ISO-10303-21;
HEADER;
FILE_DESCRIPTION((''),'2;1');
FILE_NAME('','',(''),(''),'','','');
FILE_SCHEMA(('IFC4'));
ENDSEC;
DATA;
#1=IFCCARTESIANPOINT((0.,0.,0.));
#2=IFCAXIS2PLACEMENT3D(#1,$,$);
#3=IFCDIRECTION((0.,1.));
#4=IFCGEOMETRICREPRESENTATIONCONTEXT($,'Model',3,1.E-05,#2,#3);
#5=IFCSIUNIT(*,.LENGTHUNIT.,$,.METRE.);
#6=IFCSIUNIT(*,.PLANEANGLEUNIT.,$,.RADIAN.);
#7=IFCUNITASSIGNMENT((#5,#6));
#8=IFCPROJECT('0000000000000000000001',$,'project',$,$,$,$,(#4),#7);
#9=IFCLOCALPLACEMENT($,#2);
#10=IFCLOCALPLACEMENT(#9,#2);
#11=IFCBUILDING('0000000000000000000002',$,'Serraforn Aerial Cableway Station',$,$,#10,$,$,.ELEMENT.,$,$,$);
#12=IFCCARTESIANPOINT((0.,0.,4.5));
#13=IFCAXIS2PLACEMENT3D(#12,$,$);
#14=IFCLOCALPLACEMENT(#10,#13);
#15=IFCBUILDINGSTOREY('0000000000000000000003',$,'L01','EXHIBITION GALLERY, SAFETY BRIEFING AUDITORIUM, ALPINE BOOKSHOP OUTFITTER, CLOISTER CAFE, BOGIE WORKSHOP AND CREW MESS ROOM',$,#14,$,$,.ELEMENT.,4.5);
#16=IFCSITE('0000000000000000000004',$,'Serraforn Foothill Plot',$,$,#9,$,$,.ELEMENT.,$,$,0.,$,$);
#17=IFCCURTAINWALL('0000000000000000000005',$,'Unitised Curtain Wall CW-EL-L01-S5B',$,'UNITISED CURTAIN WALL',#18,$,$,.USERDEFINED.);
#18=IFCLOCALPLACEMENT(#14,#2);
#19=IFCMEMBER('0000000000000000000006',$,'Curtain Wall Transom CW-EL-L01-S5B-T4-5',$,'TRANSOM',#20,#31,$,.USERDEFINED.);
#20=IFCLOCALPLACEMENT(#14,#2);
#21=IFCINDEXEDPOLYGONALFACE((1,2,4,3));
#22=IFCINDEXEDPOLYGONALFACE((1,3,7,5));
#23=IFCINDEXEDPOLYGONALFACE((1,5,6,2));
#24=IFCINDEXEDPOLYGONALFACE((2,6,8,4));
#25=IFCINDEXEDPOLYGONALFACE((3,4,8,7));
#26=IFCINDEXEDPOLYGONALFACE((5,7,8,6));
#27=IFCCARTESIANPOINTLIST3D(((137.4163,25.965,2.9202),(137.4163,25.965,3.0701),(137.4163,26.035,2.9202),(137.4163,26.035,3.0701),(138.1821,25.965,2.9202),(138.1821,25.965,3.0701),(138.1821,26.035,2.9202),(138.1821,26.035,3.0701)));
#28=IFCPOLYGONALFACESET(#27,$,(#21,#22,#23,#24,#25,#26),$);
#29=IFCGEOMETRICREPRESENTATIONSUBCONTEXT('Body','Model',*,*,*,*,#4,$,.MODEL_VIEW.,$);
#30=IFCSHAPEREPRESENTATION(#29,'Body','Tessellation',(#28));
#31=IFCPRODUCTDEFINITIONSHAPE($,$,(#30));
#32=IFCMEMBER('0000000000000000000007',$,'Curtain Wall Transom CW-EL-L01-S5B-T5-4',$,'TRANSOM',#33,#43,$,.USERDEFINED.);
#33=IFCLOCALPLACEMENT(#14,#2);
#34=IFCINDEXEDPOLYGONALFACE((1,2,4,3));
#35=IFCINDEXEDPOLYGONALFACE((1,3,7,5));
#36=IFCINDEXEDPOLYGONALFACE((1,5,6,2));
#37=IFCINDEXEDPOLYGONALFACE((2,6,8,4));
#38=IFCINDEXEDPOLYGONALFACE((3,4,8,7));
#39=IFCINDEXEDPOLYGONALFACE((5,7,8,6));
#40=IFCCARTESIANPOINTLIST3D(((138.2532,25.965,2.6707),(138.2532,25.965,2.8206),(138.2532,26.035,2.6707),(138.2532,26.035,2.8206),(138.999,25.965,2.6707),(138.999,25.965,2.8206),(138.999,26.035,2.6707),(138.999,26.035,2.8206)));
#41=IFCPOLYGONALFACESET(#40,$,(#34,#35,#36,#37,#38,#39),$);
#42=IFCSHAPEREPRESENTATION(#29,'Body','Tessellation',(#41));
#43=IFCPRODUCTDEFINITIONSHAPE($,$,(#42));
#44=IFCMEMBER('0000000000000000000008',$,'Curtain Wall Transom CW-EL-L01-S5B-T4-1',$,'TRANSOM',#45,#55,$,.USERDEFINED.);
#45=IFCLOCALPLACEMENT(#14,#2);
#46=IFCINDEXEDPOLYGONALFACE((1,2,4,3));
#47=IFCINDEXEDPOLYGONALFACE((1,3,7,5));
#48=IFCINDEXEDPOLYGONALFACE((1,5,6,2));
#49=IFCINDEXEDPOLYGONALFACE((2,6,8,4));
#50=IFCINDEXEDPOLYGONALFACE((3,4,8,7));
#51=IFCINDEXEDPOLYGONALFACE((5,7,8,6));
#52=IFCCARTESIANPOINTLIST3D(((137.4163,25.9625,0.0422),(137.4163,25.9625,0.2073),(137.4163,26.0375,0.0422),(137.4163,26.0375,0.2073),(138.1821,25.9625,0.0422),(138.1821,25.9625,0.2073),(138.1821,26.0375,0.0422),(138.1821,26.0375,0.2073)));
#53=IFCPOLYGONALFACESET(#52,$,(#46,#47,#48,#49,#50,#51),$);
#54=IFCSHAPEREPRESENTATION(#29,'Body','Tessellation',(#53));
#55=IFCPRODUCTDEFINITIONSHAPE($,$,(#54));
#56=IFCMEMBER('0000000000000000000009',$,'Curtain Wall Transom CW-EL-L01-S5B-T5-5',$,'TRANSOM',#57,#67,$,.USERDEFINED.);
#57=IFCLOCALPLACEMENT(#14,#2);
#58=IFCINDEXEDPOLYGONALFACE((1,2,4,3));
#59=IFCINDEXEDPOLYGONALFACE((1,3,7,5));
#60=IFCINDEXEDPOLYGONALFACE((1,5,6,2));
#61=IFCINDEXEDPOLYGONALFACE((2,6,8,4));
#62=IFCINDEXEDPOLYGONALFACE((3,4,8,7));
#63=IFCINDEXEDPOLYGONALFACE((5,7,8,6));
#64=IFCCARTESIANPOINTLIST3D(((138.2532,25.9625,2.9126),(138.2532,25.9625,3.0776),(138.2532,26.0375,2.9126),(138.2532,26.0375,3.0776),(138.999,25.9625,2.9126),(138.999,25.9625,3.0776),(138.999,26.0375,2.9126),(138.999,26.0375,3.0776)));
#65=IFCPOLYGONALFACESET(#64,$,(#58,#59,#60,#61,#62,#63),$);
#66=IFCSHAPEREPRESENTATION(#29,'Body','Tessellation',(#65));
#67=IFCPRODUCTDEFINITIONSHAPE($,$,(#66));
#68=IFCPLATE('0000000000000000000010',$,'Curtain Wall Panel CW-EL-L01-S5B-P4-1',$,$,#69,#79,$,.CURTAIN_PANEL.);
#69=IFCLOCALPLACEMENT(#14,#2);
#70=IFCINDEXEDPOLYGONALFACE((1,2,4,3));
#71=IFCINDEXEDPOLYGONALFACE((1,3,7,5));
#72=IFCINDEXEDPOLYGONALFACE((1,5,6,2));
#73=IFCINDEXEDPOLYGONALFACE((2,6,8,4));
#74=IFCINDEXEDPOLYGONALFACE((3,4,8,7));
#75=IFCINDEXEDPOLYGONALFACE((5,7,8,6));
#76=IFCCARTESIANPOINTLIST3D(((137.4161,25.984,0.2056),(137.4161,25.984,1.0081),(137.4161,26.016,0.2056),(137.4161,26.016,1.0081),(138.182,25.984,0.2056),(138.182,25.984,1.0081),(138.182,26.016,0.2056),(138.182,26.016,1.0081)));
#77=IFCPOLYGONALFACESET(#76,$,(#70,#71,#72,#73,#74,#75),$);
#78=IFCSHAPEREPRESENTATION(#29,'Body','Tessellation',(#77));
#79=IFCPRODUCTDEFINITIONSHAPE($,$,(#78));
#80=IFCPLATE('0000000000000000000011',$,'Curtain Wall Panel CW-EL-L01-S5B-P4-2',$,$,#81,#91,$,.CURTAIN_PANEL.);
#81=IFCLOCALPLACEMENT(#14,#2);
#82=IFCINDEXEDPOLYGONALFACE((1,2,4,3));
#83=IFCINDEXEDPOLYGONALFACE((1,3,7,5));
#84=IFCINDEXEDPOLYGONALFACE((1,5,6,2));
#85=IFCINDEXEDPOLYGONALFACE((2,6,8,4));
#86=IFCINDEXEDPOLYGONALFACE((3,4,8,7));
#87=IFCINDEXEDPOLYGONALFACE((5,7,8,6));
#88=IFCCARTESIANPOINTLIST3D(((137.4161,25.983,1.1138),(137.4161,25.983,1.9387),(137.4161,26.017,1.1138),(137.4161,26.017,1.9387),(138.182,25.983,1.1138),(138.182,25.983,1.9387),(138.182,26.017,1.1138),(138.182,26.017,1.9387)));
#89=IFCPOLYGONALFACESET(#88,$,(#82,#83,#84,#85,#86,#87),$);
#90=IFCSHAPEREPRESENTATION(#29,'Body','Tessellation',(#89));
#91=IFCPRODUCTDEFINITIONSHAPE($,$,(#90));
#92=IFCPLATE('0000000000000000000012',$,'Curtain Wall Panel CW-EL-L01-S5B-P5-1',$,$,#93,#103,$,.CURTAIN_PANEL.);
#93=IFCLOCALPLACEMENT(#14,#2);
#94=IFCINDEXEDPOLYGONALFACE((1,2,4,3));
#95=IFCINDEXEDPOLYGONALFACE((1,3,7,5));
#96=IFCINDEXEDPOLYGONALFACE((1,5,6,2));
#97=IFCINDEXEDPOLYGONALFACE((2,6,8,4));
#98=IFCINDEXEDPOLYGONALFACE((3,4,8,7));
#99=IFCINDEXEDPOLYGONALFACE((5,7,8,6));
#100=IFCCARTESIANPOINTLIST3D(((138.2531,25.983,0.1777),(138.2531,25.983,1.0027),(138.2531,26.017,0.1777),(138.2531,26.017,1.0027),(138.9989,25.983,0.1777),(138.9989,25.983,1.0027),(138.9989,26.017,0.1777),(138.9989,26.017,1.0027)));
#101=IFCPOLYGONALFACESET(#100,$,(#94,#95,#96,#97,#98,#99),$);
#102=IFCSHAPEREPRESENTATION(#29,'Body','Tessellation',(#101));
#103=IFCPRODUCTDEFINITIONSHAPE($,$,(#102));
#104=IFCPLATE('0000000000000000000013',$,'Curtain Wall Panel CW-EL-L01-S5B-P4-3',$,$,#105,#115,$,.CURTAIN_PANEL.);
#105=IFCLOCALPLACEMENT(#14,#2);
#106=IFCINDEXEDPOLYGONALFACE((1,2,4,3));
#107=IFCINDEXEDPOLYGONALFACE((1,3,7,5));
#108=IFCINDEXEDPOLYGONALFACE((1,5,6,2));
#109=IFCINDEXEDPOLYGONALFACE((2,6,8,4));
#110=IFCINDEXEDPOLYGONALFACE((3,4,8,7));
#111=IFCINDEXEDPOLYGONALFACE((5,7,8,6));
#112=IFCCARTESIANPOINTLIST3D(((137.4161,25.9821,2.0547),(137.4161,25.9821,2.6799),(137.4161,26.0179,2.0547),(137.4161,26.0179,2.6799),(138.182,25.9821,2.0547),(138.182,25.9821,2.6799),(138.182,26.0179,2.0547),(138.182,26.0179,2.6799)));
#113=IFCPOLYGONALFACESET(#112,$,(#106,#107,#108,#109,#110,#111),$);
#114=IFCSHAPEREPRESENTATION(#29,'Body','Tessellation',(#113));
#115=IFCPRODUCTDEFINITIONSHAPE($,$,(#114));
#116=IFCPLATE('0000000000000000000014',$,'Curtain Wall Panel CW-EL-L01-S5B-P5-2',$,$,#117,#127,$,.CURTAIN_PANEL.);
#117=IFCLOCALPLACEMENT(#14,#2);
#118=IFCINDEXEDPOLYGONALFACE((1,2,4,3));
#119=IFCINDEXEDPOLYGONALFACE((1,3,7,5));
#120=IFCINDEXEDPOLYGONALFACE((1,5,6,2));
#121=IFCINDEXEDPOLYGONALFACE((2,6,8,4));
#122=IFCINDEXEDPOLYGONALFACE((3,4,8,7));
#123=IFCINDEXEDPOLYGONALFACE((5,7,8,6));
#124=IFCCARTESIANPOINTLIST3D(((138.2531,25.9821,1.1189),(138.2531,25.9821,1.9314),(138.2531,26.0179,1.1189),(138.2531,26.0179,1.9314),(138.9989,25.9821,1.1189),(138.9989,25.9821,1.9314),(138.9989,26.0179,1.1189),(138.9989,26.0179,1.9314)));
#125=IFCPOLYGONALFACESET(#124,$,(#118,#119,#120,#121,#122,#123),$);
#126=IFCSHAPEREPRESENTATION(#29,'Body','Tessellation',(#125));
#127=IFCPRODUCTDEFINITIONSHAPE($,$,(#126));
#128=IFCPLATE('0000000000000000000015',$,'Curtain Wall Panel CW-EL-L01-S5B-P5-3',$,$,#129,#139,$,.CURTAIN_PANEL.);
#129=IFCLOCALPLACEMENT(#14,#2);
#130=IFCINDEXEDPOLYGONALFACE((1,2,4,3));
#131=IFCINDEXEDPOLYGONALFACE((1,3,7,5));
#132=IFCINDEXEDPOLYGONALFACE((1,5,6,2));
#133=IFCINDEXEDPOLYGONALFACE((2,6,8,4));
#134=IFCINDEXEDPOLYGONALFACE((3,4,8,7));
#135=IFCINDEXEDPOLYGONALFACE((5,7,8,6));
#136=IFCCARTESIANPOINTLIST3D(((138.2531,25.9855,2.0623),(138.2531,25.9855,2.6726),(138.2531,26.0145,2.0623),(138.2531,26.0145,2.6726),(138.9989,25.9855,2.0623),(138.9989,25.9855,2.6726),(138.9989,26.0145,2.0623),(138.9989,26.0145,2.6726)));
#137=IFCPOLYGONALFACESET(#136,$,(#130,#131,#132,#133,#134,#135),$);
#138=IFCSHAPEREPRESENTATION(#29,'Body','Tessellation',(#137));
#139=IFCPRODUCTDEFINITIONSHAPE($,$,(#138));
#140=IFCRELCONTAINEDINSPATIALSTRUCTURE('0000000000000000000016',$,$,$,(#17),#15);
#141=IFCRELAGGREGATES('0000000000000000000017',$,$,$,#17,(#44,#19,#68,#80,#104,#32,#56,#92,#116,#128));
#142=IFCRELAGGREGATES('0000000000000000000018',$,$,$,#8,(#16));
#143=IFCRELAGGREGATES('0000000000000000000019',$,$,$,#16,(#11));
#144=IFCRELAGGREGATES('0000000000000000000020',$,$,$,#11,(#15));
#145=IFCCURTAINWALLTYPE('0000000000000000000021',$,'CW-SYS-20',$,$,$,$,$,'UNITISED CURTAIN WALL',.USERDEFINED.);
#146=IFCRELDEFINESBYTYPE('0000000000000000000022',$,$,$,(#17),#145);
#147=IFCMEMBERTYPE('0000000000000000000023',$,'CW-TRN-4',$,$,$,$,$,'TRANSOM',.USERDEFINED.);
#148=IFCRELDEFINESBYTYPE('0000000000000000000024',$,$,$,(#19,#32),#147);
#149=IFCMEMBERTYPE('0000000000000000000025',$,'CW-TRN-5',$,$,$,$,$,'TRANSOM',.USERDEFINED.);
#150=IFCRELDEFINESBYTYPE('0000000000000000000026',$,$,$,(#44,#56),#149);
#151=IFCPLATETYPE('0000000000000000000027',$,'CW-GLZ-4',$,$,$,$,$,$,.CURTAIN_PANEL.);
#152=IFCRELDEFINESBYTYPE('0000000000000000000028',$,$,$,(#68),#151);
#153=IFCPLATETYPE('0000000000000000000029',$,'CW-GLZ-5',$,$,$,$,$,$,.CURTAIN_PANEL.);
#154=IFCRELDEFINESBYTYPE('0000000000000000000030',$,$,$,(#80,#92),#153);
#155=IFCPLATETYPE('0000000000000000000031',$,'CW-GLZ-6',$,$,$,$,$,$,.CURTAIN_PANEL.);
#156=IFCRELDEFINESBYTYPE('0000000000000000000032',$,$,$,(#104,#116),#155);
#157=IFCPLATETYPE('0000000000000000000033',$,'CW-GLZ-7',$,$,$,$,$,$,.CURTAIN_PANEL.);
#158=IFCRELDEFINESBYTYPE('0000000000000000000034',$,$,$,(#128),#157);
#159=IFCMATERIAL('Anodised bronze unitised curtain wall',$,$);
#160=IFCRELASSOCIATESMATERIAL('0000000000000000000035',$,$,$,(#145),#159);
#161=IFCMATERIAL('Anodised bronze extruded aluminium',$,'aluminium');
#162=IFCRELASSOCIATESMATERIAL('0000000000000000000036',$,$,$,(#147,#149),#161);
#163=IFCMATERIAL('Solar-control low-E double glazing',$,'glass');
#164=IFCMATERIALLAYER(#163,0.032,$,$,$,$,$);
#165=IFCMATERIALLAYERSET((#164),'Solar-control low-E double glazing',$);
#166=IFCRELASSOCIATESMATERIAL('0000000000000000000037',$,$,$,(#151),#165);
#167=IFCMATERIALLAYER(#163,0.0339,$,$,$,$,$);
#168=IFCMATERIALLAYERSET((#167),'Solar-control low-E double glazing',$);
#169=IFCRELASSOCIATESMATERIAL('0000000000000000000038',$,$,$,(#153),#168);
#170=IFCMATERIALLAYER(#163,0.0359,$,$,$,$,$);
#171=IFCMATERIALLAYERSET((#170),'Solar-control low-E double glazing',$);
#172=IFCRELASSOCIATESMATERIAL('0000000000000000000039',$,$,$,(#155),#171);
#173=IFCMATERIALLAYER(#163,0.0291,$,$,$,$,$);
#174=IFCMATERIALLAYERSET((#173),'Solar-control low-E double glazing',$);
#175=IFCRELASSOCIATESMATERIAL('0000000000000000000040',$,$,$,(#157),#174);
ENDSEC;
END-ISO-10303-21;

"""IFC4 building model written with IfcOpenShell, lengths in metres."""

from ifc_helpers import new_model, si_unit, direction, frame, origin, origin_2d, place, context, subcontext, project, spatial, rectangle, extrude, material, layer, layer_set, material_profile, profile_set, type_object, element, aggregate, save


model = new_model("IFC4")

# Units and contexts
model_context = context("Model", 3, precision=1e-05, world=origin(), true_north=direction((0.0, 1.0)))
body_context = subcontext(model_context, "Body", "Model", "MODEL_VIEW")
ifc_project = project(units=[si_unit("LENGTHUNIT", "METRE"), si_unit("PLANEANGLEUNIT", "RADIAN")], contexts=[model_context])

# Site, building, storey
site_placement = place(None, origin())
site = spatial("IfcSite", under=ifc_project, at=site_placement, Name="Serraforn Foothill Plot", CompositionType="ELEMENT", RefElevation=0.0)
building_placement = place(site_placement, origin())
building = spatial("IfcBuilding", under=site, at=building_placement, Name="Serraforn Aerial Cableway Station", CompositionType="ELEMENT")
storey_placement = place(building_placement, frame((0.0, 0.0, 4.5)))
storey = spatial("IfcBuildingStorey", under=building, at=storey_placement, Name="L01", Description="EXHIBITION GALLERY, SAFETY BRIEFING AUDITORIUM, ALPINE BOOKSHOP OUTFITTER, CLOISTER CAFE, BOGIE WORKSHOP AND CREW MESS ROOM", CompositionType="ELEMENT", Elevation=4.5)

# Curtain wall, members, plates
ifc_material_1 = material(Name="Anodised bronze unitised curtain wall")
curtain_wall_type = type_object("IfcCurtainWallType", Name="CW-SYS-20", ElementType="UNITISED CURTAIN WALL", PredefinedType="USERDEFINED", material=ifc_material_1)
curtain_wall_placement = place(storey_placement, origin())
curtain_wall = element("IfcCurtainWall", 1, at=curtain_wall_placement, inside=storey, type_object=curtain_wall_type, Name="Unitised Curtain Wall CW-EL-L01-S5B", ObjectType="UNITISED CURTAIN WALL", PredefinedType="USERDEFINED")
ifc_material_2 = material(Name="Anodised bronze extruded aluminium", Category="aluminium")
ifc_material_profile_1 = material_profile(ifc_material_2, rectangle(XDim=0.0701, YDim=0.1499, at=origin_2d()), Name="CW TRANSOM 70x150")
ifc_profile_set_1 = profile_set([ifc_material_profile_1], Name="Anodised bronze extruded aluminium")
member_type_1 = type_object("IfcMemberType", Name="CW-TRN-4", ElementType="TRANSOM", PredefinedType="USERDEFINED", material=ifc_profile_set_1)
member_1_placement = place(storey_placement, frame((137.4163, 26.0, 2.9951), z_axis=(1.0, 0.0, 0.0), x_axis=(0.0, 1.0, 0.0)))
member_1 = element("IfcMember", 2, at=member_1_placement, type_object=member_type_1, Name="Curtain Wall Transom CW-EL-L01-S5B-T4-5", ObjectType="TRANSOM", PredefinedType="USERDEFINED", context=body_context, shape_type="SweptSolid", body=[
    extrude(rectangle(XDim=0.0701, YDim=0.1499, at=origin_2d()), origin(), (0.0, 0.0, 1.0), 0.7659),
])
member_2_placement = place(storey_placement, frame((138.2532, 26.0, 2.7456), z_axis=(1.0, 0.0, 0.0), x_axis=(0.0, 1.0, 0.0)))
member_2 = element("IfcMember", 3, at=member_2_placement, type_object=member_type_1, Name="Curtain Wall Transom CW-EL-L01-S5B-T5-4", ObjectType="TRANSOM", PredefinedType="USERDEFINED", context=body_context, shape_type="SweptSolid", body=[
    extrude(rectangle(XDim=0.0701, YDim=0.1499, at=origin_2d()), origin(), (0.0, 0.0, 1.0), 0.7458),
])
ifc_material_profile_2 = material_profile(ifc_material_2, rectangle(XDim=0.075, YDim=0.165, at=origin_2d()), Name="CW TRANSOM 75x165")
ifc_profile_set_2 = profile_set([ifc_material_profile_2], Name="Anodised bronze extruded aluminium")
member_type_2 = type_object("IfcMemberType", Name="CW-TRN-5", ElementType="TRANSOM", PredefinedType="USERDEFINED", material=ifc_profile_set_2)
member_3_placement = place(storey_placement, frame((137.4163, 26.0, 0.1248), z_axis=(1.0, 0.0, 0.0), x_axis=(0.0, 1.0, 0.0)))
member_3 = element("IfcMember", 4, at=member_3_placement, type_object=member_type_2, Name="Curtain Wall Transom CW-EL-L01-S5B-T4-1", ObjectType="TRANSOM", PredefinedType="USERDEFINED", context=body_context, shape_type="SweptSolid", body=[
    extrude(rectangle(XDim=0.075, YDim=0.165, at=origin_2d()), origin(), (0.0, 0.0, 1.0), 0.7659),
])
member_4_placement = place(storey_placement, frame((138.2532, 26.0, 2.9951), z_axis=(1.0, 0.0, 0.0), x_axis=(0.0, 1.0, 0.0)))
member_4 = element("IfcMember", 5, at=member_4_placement, type_object=member_type_2, Name="Curtain Wall Transom CW-EL-L01-S5B-T5-5", ObjectType="TRANSOM", PredefinedType="USERDEFINED", context=body_context, shape_type="SweptSolid", body=[
    extrude(rectangle(XDim=0.075, YDim=0.165, at=origin_2d()), origin(), (0.0, 0.0, 1.0), 0.7458),
])
ifc_material_3 = material(Name="Solar-control low-E double glazing", Category="glass")
ifc_layer_1 = layer(ifc_material_3, 0.032)
ifc_layer_set_1 = layer_set([ifc_layer_1], Name="Solar-control low-E double glazing")
plate_type_1 = type_object("IfcPlateType", Name="CW-GLZ-4", PredefinedType="CURTAIN_PANEL", material=ifc_layer_set_1)
plate_1_placement = place(storey_placement, frame((137.7991, 26.0, 0.2056), z_axis=(0.0, 0.0, 1.0), x_axis=(1.0, 0.0, 0.0)))
plate_1 = element("IfcPlate", 6, at=plate_1_placement, type_object=plate_type_1, Name="Curtain Wall Panel CW-EL-L01-S5B-P4-1", PredefinedType="CURTAIN_PANEL", context=body_context, shape_type="SweptSolid", body=[
    extrude(rectangle(XDim=0.7659, YDim=0.032, at=origin_2d()), origin(), (0.0, 0.0, 1.0), 0.8025),
])
ifc_layer_2 = layer(ifc_material_3, 0.0339)
ifc_layer_set_2 = layer_set([ifc_layer_2], Name="Solar-control low-E double glazing")
plate_type_2 = type_object("IfcPlateType", Name="CW-GLZ-5", PredefinedType="CURTAIN_PANEL", material=ifc_layer_set_2)
plate_2_placement = place(storey_placement, frame((137.7991, 26.0, 1.1138), z_axis=(0.0, 0.0, 1.0), x_axis=(1.0, 0.0, 0.0)))
plate_2 = element("IfcPlate", 7, at=plate_2_placement, type_object=plate_type_2, Name="Curtain Wall Panel CW-EL-L01-S5B-P4-2", PredefinedType="CURTAIN_PANEL", context=body_context, shape_type="SweptSolid", body=[
    extrude(rectangle(XDim=0.7659, YDim=0.0339, at=origin_2d()), origin(), (0.0, 0.0, 1.0), 0.825),
])
plate_3_placement = place(storey_placement, frame((138.626, 26.0, 0.1777), z_axis=(0.0, 0.0, 1.0), x_axis=(1.0, 0.0, 0.0)))
plate_3 = element("IfcPlate", 8, at=plate_3_placement, type_object=plate_type_2, Name="Curtain Wall Panel CW-EL-L01-S5B-P5-1", PredefinedType="CURTAIN_PANEL", context=body_context, shape_type="SweptSolid", body=[
    extrude(rectangle(XDim=0.7458, YDim=0.0339, at=origin_2d()), origin(), (0.0, 0.0, 1.0), 0.825),
])
ifc_layer_3 = layer(ifc_material_3, 0.0359)
ifc_layer_set_3 = layer_set([ifc_layer_3], Name="Solar-control low-E double glazing")
plate_type_3 = type_object("IfcPlateType", Name="CW-GLZ-6", PredefinedType="CURTAIN_PANEL", material=ifc_layer_set_3)
plate_4_placement = place(storey_placement, frame((137.7991, 26.0, 2.0547), z_axis=(0.0, 0.0, 1.0), x_axis=(1.0, 0.0, 0.0)))
plate_4 = element("IfcPlate", 9, at=plate_4_placement, type_object=plate_type_3, Name="Curtain Wall Panel CW-EL-L01-S5B-P4-3", PredefinedType="CURTAIN_PANEL", context=body_context, shape_type="SweptSolid", body=[
    extrude(rectangle(XDim=0.7659, YDim=0.0359, at=origin_2d()), origin(), (0.0, 0.0, 1.0), 0.6252),
])
plate_5_placement = place(storey_placement, frame((138.626, 26.0, 1.1189), z_axis=(0.0, 0.0, 1.0), x_axis=(1.0, 0.0, 0.0)))
plate_5 = element("IfcPlate", 10, at=plate_5_placement, type_object=plate_type_3, Name="Curtain Wall Panel CW-EL-L01-S5B-P5-2", PredefinedType="CURTAIN_PANEL", context=body_context, shape_type="SweptSolid", body=[
    extrude(rectangle(XDim=0.7458, YDim=0.0359, at=origin_2d()), origin(), (0.0, 0.0, 1.0), 0.8125),
])
ifc_layer_4 = layer(ifc_material_3, 0.0291)
ifc_layer_set_4 = layer_set([ifc_layer_4], Name="Solar-control low-E double glazing")
plate_type_4 = type_object("IfcPlateType", Name="CW-GLZ-7", PredefinedType="CURTAIN_PANEL", material=ifc_layer_set_4)
plate_6_placement = place(storey_placement, frame((138.626, 26.0, 2.0623), z_axis=(0.0, 0.0, 1.0), x_axis=(1.0, 0.0, 0.0)))
plate_6 = element("IfcPlate", 11, at=plate_6_placement, type_object=plate_type_4, Name="Curtain Wall Panel CW-EL-L01-S5B-P5-3", PredefinedType="CURTAIN_PANEL", context=body_context, shape_type="SweptSolid", body=[
    extrude(rectangle(XDim=0.7458, YDim=0.0291, at=origin_2d()), origin(), (0.0, 0.0, 1.0), 0.6104),
])
aggregate(curtain_wall, [member_3, member_1, plate_1, plate_2, plate_4, member_2, member_4, plate_3, plate_5, plate_6])

save(model, "model.ifc")
